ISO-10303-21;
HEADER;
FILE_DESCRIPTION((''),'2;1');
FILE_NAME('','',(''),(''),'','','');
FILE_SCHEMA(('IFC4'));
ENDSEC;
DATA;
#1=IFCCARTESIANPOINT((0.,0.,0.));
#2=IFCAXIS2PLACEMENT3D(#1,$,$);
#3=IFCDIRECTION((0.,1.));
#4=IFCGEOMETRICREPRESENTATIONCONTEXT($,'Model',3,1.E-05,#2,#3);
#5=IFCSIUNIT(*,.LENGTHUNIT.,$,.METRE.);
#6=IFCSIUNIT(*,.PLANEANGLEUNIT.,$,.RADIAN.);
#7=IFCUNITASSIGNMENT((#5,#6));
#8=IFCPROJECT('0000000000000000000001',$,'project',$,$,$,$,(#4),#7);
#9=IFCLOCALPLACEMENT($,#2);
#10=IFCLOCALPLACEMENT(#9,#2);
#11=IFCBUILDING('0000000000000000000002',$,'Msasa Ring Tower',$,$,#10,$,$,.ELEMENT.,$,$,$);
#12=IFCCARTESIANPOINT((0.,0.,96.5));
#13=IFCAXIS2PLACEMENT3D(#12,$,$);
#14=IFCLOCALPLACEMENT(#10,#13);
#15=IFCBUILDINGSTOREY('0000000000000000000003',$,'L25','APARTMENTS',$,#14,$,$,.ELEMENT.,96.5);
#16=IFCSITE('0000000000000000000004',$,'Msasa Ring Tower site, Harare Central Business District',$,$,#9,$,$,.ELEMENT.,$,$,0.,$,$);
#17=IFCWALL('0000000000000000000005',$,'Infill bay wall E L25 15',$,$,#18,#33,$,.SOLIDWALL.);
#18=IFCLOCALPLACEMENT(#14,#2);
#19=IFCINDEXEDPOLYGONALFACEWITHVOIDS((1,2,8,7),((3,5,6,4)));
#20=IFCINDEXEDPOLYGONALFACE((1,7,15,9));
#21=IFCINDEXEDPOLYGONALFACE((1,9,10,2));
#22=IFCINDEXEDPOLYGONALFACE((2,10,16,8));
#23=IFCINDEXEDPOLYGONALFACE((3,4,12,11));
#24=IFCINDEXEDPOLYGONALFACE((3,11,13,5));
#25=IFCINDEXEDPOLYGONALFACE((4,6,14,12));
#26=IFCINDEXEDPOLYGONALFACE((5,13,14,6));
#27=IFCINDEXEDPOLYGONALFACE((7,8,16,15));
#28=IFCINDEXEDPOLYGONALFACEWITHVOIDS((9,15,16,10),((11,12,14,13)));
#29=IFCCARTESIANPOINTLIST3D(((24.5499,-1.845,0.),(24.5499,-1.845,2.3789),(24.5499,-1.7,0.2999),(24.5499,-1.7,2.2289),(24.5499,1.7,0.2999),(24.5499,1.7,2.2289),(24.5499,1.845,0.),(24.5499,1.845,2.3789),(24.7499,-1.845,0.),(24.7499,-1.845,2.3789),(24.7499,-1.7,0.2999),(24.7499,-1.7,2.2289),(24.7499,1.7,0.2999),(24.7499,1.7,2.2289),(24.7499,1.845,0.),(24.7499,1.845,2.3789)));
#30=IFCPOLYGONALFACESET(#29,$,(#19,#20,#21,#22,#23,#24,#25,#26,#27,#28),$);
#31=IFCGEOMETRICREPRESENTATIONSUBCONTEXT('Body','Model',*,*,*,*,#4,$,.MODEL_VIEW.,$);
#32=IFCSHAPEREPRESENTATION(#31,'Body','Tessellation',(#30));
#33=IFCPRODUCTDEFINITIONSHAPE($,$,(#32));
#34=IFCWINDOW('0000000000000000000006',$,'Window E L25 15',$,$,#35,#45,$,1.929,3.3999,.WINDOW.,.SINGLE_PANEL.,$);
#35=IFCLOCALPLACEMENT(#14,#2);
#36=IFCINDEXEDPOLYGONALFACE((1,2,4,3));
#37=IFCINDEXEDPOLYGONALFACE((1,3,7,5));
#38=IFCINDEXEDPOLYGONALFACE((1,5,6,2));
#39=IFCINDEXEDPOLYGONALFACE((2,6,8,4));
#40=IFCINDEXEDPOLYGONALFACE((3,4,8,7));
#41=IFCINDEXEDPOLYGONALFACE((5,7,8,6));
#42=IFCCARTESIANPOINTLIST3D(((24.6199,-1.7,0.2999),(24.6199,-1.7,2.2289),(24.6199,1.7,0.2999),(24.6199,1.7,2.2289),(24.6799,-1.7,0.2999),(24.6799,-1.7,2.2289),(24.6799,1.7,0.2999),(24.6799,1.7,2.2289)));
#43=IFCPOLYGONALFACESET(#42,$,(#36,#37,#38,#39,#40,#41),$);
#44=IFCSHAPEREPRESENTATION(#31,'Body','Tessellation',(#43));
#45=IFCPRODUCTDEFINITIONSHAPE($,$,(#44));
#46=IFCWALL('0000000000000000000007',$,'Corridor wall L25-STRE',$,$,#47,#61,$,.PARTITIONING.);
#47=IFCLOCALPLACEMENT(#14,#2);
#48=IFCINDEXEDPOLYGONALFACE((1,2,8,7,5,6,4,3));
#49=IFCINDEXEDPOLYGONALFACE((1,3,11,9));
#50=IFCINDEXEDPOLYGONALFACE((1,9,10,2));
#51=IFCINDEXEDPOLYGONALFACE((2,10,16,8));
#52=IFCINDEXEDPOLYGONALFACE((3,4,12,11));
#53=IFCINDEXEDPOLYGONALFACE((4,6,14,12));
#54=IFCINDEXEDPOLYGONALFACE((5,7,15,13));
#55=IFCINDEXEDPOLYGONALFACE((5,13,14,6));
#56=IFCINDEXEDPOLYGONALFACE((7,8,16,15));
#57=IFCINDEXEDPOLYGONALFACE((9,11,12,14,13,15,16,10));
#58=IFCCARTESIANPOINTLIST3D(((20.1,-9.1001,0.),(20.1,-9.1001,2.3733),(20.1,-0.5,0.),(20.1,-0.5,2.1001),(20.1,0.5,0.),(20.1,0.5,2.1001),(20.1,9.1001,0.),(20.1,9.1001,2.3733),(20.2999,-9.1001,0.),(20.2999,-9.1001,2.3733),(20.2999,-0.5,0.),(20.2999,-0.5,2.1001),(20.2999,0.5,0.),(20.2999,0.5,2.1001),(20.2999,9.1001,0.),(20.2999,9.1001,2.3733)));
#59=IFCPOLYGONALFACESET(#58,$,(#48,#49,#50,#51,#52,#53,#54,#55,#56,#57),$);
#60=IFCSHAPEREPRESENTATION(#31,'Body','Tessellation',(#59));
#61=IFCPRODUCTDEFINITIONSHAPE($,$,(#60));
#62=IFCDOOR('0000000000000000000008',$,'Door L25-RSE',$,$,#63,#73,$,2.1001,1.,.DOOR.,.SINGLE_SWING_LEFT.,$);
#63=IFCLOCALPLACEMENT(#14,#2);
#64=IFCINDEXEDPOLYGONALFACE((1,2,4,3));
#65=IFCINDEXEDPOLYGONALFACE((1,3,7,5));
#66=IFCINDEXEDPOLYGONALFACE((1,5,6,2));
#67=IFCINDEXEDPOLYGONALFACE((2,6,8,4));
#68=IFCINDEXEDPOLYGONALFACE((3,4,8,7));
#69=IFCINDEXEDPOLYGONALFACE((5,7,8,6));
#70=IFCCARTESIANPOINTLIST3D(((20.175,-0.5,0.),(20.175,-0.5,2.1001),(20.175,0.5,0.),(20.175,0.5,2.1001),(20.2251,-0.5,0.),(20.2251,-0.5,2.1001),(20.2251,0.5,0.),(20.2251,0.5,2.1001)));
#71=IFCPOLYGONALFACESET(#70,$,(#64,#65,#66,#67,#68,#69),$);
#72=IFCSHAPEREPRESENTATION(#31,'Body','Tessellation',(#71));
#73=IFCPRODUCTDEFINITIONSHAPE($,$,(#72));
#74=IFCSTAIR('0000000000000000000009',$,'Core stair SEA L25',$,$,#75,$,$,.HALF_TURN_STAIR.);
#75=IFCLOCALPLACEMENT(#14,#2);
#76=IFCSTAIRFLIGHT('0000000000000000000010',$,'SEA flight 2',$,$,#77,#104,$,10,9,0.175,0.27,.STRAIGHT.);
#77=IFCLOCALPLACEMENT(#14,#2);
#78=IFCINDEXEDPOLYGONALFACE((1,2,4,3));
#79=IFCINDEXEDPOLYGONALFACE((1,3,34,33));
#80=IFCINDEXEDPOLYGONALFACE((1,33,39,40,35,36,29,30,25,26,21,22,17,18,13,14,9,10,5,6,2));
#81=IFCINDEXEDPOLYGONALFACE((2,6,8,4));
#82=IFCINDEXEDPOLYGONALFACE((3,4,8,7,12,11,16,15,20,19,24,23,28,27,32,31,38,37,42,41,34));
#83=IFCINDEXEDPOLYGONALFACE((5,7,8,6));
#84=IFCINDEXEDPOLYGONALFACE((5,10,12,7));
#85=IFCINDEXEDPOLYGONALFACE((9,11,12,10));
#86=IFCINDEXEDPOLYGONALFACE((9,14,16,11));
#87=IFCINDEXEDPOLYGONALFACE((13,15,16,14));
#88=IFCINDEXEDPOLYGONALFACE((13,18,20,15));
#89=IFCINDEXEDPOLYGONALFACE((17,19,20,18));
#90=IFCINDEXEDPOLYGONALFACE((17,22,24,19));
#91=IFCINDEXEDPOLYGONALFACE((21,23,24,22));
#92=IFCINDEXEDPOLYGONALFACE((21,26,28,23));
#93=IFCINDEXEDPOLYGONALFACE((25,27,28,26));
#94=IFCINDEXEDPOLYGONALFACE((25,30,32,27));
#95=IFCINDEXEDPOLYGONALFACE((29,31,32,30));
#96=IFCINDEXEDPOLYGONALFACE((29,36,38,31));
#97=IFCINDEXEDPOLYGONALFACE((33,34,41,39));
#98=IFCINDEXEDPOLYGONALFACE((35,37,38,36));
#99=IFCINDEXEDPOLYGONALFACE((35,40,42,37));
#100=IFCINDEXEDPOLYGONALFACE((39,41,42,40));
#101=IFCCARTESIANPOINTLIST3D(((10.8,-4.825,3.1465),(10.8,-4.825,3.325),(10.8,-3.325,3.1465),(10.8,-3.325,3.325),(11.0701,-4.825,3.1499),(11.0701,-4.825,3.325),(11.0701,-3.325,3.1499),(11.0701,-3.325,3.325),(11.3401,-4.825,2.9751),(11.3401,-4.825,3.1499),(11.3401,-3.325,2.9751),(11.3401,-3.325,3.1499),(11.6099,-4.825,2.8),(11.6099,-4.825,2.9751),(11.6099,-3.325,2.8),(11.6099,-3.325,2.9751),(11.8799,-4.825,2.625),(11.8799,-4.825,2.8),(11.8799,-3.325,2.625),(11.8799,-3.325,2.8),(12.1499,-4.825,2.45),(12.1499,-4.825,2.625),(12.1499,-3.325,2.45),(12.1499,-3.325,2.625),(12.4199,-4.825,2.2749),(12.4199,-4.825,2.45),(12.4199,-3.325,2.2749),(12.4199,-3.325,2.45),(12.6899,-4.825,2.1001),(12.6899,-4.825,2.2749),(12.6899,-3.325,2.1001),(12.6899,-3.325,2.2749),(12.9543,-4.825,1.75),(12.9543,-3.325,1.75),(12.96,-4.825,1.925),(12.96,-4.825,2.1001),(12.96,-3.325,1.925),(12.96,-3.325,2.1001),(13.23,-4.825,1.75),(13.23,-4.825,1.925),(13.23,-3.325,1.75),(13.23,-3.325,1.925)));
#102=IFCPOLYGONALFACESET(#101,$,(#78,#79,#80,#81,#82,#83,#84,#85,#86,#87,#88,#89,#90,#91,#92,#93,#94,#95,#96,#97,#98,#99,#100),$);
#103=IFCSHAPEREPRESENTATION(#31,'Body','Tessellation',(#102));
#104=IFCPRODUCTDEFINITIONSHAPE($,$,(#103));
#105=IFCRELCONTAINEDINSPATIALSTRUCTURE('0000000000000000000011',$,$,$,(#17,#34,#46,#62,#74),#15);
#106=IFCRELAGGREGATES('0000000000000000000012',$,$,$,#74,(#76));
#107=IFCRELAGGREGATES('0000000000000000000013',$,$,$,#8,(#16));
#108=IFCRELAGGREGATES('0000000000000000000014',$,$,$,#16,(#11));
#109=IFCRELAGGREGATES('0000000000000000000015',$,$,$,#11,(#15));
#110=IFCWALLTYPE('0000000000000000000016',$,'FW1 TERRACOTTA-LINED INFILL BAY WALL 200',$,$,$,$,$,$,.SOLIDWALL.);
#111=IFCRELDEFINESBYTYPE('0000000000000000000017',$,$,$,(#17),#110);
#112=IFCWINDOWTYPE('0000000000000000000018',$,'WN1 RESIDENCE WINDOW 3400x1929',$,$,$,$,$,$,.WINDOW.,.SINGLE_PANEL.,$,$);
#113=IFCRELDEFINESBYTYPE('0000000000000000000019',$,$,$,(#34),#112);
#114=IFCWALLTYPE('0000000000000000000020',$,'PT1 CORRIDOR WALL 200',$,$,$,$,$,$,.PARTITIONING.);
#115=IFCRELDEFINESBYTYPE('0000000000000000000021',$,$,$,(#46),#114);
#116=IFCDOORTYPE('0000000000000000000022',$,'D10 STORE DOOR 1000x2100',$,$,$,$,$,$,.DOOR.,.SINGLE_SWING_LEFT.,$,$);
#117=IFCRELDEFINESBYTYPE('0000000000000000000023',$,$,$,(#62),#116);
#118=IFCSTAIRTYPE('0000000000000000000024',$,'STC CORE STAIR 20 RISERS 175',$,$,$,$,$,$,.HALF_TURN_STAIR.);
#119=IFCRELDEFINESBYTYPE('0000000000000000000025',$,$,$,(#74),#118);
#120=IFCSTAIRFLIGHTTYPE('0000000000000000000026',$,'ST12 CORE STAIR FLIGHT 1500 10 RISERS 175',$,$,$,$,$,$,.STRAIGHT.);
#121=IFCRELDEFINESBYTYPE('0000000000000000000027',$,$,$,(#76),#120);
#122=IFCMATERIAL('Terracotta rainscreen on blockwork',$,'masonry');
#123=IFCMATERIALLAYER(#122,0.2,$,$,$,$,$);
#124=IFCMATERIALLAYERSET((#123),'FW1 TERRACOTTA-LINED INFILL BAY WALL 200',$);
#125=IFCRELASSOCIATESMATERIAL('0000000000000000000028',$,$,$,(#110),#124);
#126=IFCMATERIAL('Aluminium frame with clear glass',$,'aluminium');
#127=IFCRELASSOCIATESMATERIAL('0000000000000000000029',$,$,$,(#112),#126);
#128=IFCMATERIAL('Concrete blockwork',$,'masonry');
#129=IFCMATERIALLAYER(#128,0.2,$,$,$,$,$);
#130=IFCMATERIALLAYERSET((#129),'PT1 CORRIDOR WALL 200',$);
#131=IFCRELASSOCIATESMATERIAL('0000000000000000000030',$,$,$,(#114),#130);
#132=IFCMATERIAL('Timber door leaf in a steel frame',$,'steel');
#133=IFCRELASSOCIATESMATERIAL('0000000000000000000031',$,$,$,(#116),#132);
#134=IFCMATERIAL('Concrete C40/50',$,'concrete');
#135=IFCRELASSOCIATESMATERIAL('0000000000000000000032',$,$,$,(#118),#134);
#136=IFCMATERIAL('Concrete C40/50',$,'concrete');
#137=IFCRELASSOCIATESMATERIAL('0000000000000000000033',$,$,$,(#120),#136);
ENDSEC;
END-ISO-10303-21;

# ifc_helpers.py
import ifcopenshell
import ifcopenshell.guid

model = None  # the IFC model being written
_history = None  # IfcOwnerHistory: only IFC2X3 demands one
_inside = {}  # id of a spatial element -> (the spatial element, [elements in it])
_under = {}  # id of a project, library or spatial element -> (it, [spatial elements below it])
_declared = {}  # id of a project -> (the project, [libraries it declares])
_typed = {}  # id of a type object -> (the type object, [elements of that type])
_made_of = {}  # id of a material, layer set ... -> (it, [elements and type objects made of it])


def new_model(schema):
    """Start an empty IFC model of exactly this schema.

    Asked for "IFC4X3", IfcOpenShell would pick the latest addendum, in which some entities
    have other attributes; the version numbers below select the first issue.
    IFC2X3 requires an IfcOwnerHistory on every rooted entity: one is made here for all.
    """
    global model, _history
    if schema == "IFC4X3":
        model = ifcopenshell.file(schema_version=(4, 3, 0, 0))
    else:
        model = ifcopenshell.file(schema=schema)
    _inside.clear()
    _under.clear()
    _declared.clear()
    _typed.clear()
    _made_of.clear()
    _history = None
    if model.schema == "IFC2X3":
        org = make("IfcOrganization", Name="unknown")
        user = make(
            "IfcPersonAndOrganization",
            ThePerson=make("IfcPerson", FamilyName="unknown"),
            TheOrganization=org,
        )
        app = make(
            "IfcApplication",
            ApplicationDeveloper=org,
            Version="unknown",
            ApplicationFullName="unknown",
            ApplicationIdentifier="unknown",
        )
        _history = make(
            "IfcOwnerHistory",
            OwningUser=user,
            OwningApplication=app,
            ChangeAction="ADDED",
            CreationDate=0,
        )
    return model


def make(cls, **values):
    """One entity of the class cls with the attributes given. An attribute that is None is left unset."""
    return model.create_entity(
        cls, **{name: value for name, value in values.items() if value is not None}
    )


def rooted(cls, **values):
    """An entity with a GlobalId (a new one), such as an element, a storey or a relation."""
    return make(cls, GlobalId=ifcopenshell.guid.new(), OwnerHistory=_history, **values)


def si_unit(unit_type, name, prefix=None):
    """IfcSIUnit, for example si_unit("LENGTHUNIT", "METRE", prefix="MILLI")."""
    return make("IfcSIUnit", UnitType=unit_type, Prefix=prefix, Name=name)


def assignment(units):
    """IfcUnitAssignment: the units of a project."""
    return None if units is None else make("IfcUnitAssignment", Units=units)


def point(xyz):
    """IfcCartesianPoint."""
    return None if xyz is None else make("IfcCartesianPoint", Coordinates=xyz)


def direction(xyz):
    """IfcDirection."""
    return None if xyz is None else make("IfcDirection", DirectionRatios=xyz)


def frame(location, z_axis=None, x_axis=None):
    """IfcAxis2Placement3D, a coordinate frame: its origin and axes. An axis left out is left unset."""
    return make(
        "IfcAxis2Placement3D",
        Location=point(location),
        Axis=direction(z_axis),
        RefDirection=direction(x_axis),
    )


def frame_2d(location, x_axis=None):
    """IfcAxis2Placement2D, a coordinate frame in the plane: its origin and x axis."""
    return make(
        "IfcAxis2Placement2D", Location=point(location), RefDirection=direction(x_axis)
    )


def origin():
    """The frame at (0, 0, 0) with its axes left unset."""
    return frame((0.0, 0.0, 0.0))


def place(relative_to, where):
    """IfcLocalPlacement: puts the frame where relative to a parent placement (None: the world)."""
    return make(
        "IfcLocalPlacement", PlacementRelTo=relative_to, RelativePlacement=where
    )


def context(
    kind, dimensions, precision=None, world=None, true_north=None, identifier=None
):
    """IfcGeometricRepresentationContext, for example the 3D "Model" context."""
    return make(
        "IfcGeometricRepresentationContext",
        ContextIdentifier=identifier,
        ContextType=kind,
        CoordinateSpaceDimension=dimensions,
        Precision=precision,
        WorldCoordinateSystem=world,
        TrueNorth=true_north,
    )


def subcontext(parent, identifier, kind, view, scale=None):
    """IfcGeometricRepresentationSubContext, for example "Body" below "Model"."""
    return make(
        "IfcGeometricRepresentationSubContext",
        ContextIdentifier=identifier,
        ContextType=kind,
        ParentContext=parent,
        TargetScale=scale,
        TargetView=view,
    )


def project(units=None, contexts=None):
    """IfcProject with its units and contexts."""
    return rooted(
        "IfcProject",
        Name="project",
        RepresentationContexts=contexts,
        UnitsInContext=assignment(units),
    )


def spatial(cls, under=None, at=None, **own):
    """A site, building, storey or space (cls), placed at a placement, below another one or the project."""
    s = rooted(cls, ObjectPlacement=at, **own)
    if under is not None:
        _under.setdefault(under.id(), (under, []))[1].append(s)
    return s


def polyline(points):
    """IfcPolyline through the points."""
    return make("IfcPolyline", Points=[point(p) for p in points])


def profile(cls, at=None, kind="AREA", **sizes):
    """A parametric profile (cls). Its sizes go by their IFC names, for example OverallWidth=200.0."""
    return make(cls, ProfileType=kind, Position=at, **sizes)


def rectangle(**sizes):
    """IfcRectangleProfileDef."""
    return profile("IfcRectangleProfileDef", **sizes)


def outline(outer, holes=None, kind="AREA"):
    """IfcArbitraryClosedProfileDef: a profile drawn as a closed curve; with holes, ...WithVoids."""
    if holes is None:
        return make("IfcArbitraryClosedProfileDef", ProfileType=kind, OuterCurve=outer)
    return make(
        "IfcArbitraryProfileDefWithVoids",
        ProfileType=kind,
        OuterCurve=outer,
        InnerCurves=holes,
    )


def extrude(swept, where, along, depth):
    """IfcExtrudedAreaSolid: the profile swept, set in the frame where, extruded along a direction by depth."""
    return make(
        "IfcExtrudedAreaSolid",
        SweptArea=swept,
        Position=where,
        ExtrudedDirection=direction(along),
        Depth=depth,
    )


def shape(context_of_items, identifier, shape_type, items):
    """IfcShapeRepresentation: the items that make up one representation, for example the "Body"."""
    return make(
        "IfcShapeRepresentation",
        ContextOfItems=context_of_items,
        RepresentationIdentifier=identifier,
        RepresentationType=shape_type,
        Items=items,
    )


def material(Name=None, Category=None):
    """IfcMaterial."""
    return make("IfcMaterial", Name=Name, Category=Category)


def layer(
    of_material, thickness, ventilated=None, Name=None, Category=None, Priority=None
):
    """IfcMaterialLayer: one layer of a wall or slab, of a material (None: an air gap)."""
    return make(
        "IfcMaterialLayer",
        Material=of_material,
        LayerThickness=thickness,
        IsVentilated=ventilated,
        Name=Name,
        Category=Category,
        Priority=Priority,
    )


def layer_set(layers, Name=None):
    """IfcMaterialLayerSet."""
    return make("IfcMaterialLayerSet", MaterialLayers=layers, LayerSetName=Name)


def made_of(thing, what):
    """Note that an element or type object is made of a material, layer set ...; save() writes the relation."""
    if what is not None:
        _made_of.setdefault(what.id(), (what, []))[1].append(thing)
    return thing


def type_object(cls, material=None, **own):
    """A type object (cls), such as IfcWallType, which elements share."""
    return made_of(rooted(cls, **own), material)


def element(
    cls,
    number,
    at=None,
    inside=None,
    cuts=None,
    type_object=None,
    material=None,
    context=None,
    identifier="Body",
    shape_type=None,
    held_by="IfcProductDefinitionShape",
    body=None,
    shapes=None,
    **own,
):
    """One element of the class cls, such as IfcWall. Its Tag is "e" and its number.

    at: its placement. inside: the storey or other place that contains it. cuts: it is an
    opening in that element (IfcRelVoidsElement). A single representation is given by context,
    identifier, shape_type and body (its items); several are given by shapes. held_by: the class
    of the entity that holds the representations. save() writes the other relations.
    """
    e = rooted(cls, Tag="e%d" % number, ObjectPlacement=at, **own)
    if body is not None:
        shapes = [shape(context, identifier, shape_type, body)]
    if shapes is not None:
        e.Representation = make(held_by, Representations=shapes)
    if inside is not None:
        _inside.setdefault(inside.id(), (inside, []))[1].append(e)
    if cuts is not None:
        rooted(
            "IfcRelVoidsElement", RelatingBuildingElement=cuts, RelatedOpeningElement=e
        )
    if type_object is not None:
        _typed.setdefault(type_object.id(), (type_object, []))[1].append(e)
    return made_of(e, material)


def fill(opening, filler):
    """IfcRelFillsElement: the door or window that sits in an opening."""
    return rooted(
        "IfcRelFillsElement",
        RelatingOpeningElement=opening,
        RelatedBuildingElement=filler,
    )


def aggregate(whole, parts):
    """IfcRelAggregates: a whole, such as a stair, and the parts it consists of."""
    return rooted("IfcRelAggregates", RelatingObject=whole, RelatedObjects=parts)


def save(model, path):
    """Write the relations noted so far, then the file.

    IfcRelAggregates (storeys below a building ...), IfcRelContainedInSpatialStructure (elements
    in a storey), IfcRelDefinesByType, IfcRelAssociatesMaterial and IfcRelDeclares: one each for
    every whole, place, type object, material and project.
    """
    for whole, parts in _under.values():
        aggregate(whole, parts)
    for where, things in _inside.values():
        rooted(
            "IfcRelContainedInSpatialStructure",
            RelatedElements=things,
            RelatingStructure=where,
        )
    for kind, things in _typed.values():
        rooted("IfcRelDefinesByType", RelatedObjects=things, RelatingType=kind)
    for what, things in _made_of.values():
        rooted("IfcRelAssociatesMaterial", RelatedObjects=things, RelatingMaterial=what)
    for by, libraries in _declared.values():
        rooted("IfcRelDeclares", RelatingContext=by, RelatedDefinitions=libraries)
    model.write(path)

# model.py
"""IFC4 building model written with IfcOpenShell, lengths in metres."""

from ifc_helpers import new_model, si_unit, direction, frame, frame_2d, origin, place, context, subcontext, project, spatial, polyline, rectangle, outline, extrude, material, layer, layer_set, type_object, element, fill, aggregate, save


model = new_model("IFC4")

# Units and contexts
model_context = context("Model", 3, precision=1e-05, world=origin(), true_north=direction((0.0, 1.0)))
body_context = subcontext(model_context, "Body", "Model", "MODEL_VIEW")
ifc_project = project(units=[si_unit("LENGTHUNIT", "METRE"), si_unit("PLANEANGLEUNIT", "RADIAN")], contexts=[model_context])

# Site, building, storey
site_placement = place(None, origin())
site = spatial("IfcSite", under=ifc_project, at=site_placement, Name="Msasa Ring Tower site, Harare Central Business District", CompositionType="ELEMENT", RefElevation=0.0)
building_placement = place(site_placement, origin())
building = spatial("IfcBuilding", under=site, at=building_placement, Name="Msasa Ring Tower", CompositionType="ELEMENT")
storey_placement = place(building_placement, frame((0.0, 0.0, 96.5)))
storey = spatial("IfcBuildingStorey", under=building, at=storey_placement, Name="L25", Description="APARTMENTS", CompositionType="ELEMENT", Elevation=96.5)

# Wall, opening, window
ifc_material_1 = material(Name="Terracotta rainscreen on blockwork", Category="masonry")
ifc_layer_1 = layer(ifc_material_1, 0.2)
ifc_layer_set_1 = layer_set([ifc_layer_1], Name="FW1 TERRACOTTA-LINED INFILL BAY WALL 200")
wall_type_1 = type_object("IfcWallType", Name="FW1 TERRACOTTA-LINED INFILL BAY WALL 200", PredefinedType="SOLIDWALL", material=ifc_layer_set_1)
ifc_material_2 = material(Name="Aluminium frame with clear glass", Category="aluminium")
window_type = type_object("IfcWindowType", Name="WN1 RESIDENCE WINDOW 3400x1929", PartitioningType="SINGLE_PANEL", PredefinedType="WINDOW", material=ifc_material_2)
wall_1_placement = place(storey_placement, frame((24.6499, -1.845, 0.0), z_axis=(0.0, 0.0, 1.0), x_axis=(0.0, 1.0, 0.0)))
wall_1 = element("IfcWall", 1, at=wall_1_placement, inside=storey, type_object=wall_type_1, Name="Infill bay wall E L25 15", PredefinedType="SOLIDWALL", context=body_context, shape_type="SweptSolid", body=[
    extrude(rectangle(XDim=3.6899, YDim=0.2, at=frame_2d((1.845, 0.0))), origin(), (0.0, 0.0, 1.0), 2.3789),
])
opening_1_placement = place(wall_1_placement, frame((0.145, 0.0, 0.3)))
opening_1 = element("IfcOpeningElement", 2, at=opening_1_placement, cuts=wall_1, PredefinedType="OPENING", context=body_context, shape_type="SweptSolid", body=[
    extrude(rectangle(XDim=3.3999, YDim=1.929, at=frame_2d((1.7, 0.9644))), frame((0.0, 0.1099, 0.0), z_axis=(0.0, -1.0, 0.0), x_axis=(1.0, 0.0, 0.0)), (0.0, 0.0, 1.0), 0.22),
])
window_1_placement = place(opening_1_placement, origin())
window_1 = element("IfcWindow", 3, at=window_1_placement, inside=storey, type_object=window_type, Name="Window E L25 15", OverallHeight=1.929, OverallWidth=3.3999, PartitioningType="SINGLE_PANEL", PredefinedType="WINDOW", context=body_context, shape_type="SweptSolid", body=[
    extrude(rectangle(XDim=3.3999, YDim=1.929, at=frame_2d((1.7, 0.9644))), frame((0.0, 0.03, 0.0), z_axis=(0.0, -1.0, 0.0), x_axis=(1.0, 0.0, 0.0)), (0.0, 0.0, 1.0), 0.0601),
])
fill(opening_1, window_1)

# Wall, opening, door
ifc_material_3 = material(Name="Concrete blockwork", Category="masonry")
ifc_layer_2 = layer(ifc_material_3, 0.2)
ifc_layer_set_2 = layer_set([ifc_layer_2], Name="PT1 CORRIDOR WALL 200")
wall_type_2 = type_object("IfcWallType", Name="PT1 CORRIDOR WALL 200", PredefinedType="PARTITIONING", material=ifc_layer_set_2)
wall_2_placement = place(storey_placement, frame((20.2, -9.1001, 0.0), z_axis=(0.0, 0.0, 1.0), x_axis=(0.0, 1.0, 0.0)))
wall_2 = element("IfcWall", 4, at=wall_2_placement, inside=storey, type_object=wall_type_2, Name="Corridor wall L25-STRE", PredefinedType="PARTITIONING", context=body_context, shape_type="SweptSolid", body=[
    extrude(rectangle(XDim=18.2002, YDim=0.2, at=frame_2d((9.1001, 0.0))), origin(), (0.0, 0.0, 1.0), 2.3733),
])
opening_2_placement = place(wall_2_placement, frame((8.6001, 0.0, 0.0)))
opening_2 = element("IfcOpeningElement", 5, at=opening_2_placement, cuts=wall_2, PredefinedType="OPENING", context=body_context, shape_type="SweptSolid", body=[
    extrude(rectangle(XDim=1.0, YDim=2.1001, at=frame_2d((0.5, 1.05))), frame((0.0, 0.1099, 0.0), z_axis=(0.0, -1.0, 0.0), x_axis=(1.0, 0.0, 0.0)), (0.0, 0.0, 1.0), 0.22),
])
ifc_material_4 = material(Name="Timber door leaf in a steel frame", Category="steel")
door_type = type_object("IfcDoorType", Name="D10 STORE DOOR 1000x2100", OperationType="SINGLE_SWING_LEFT", PredefinedType="DOOR", material=ifc_material_4)
door_placement = place(opening_2_placement, origin())
door = element("IfcDoor", 6, at=door_placement, inside=storey, type_object=door_type, Name="Door L25-RSE", OperationType="SINGLE_SWING_LEFT", OverallHeight=2.1001, OverallWidth=1.0, PredefinedType="DOOR", context=body_context, shape_type="SweptSolid", body=[
    extrude(rectangle(XDim=1.0, YDim=2.1001, at=frame_2d((0.5, 1.05))), frame((0.0, 0.0249, 0.0), z_axis=(0.0, -1.0, 0.0), x_axis=(1.0, 0.0, 0.0)), (0.0, 0.0, 1.0), 0.05),
])
fill(opening_2, door)

# Stair, stair flight
ifc_material_5 = material(Name="Concrete C40/50", Category="concrete")
stair_type = type_object("IfcStairType", Name="STC CORE STAIR 20 RISERS 175", PredefinedType="HALF_TURN_STAIR", material=ifc_material_5)
stair_placement = place(storey_placement, origin())
stair = element("IfcStair", 7, at=stair_placement, inside=storey, type_object=stair_type, Name="Core stair SEA L25", PredefinedType="HALF_TURN_STAIR")
ifc_material_6 = material(Name="Concrete C40/50", Category="concrete")
stair_flight_type = type_object("IfcStairFlightType", Name="ST12 CORE STAIR FLIGHT 1500 10 RISERS 175", PredefinedType="STRAIGHT", material=ifc_material_6)
stair_flight_placement = place(storey_placement, frame((13.23, -4.075, 1.75), z_axis=(0.0, 0.0, 1.0), x_axis=(-1.0, 0.0, 0.0)))
stair_flight = element("IfcStairFlight", 8, at=stair_flight_placement, type_object=stair_flight_type, Name="SEA flight 2", NumberOfRisers=10, NumberOfTreads=9, PredefinedType="STRAIGHT", RiserHeight=0.175, TreadLength=0.27, context=body_context, shape_type="SweptSolid", body=[
    extrude(outline(polyline([(0.0, 0.0), (0.0, 0.175), (0.27, 0.175), (0.27, 0.3501), (0.54, 0.3501), (0.54, 0.5249), (0.8101, 0.5249), (0.8101, 0.7), (1.0801, 0.7), (1.0801, 0.875), (1.3501, 0.875), (1.3501, 1.05), (1.6201, 1.05), (1.6201, 1.2251), (1.8899, 1.2251), (1.8899, 1.3999), (2.1599, 1.3999), (2.1599, 1.575), (2.4299, 1.575), (2.4299, 1.75), (2.4299, 1.3965), (0.2756, 0.0), (0.0, 0.0)])), frame((0.0, 0.75, 0.0), z_axis=(0.0, -1.0, 0.0), x_axis=(1.0, 0.0, 0.0)), (0.0, 0.0, 1.0), 1.5),
])
aggregate(stair, [stair_flight])

save(model, "model.ifc")
